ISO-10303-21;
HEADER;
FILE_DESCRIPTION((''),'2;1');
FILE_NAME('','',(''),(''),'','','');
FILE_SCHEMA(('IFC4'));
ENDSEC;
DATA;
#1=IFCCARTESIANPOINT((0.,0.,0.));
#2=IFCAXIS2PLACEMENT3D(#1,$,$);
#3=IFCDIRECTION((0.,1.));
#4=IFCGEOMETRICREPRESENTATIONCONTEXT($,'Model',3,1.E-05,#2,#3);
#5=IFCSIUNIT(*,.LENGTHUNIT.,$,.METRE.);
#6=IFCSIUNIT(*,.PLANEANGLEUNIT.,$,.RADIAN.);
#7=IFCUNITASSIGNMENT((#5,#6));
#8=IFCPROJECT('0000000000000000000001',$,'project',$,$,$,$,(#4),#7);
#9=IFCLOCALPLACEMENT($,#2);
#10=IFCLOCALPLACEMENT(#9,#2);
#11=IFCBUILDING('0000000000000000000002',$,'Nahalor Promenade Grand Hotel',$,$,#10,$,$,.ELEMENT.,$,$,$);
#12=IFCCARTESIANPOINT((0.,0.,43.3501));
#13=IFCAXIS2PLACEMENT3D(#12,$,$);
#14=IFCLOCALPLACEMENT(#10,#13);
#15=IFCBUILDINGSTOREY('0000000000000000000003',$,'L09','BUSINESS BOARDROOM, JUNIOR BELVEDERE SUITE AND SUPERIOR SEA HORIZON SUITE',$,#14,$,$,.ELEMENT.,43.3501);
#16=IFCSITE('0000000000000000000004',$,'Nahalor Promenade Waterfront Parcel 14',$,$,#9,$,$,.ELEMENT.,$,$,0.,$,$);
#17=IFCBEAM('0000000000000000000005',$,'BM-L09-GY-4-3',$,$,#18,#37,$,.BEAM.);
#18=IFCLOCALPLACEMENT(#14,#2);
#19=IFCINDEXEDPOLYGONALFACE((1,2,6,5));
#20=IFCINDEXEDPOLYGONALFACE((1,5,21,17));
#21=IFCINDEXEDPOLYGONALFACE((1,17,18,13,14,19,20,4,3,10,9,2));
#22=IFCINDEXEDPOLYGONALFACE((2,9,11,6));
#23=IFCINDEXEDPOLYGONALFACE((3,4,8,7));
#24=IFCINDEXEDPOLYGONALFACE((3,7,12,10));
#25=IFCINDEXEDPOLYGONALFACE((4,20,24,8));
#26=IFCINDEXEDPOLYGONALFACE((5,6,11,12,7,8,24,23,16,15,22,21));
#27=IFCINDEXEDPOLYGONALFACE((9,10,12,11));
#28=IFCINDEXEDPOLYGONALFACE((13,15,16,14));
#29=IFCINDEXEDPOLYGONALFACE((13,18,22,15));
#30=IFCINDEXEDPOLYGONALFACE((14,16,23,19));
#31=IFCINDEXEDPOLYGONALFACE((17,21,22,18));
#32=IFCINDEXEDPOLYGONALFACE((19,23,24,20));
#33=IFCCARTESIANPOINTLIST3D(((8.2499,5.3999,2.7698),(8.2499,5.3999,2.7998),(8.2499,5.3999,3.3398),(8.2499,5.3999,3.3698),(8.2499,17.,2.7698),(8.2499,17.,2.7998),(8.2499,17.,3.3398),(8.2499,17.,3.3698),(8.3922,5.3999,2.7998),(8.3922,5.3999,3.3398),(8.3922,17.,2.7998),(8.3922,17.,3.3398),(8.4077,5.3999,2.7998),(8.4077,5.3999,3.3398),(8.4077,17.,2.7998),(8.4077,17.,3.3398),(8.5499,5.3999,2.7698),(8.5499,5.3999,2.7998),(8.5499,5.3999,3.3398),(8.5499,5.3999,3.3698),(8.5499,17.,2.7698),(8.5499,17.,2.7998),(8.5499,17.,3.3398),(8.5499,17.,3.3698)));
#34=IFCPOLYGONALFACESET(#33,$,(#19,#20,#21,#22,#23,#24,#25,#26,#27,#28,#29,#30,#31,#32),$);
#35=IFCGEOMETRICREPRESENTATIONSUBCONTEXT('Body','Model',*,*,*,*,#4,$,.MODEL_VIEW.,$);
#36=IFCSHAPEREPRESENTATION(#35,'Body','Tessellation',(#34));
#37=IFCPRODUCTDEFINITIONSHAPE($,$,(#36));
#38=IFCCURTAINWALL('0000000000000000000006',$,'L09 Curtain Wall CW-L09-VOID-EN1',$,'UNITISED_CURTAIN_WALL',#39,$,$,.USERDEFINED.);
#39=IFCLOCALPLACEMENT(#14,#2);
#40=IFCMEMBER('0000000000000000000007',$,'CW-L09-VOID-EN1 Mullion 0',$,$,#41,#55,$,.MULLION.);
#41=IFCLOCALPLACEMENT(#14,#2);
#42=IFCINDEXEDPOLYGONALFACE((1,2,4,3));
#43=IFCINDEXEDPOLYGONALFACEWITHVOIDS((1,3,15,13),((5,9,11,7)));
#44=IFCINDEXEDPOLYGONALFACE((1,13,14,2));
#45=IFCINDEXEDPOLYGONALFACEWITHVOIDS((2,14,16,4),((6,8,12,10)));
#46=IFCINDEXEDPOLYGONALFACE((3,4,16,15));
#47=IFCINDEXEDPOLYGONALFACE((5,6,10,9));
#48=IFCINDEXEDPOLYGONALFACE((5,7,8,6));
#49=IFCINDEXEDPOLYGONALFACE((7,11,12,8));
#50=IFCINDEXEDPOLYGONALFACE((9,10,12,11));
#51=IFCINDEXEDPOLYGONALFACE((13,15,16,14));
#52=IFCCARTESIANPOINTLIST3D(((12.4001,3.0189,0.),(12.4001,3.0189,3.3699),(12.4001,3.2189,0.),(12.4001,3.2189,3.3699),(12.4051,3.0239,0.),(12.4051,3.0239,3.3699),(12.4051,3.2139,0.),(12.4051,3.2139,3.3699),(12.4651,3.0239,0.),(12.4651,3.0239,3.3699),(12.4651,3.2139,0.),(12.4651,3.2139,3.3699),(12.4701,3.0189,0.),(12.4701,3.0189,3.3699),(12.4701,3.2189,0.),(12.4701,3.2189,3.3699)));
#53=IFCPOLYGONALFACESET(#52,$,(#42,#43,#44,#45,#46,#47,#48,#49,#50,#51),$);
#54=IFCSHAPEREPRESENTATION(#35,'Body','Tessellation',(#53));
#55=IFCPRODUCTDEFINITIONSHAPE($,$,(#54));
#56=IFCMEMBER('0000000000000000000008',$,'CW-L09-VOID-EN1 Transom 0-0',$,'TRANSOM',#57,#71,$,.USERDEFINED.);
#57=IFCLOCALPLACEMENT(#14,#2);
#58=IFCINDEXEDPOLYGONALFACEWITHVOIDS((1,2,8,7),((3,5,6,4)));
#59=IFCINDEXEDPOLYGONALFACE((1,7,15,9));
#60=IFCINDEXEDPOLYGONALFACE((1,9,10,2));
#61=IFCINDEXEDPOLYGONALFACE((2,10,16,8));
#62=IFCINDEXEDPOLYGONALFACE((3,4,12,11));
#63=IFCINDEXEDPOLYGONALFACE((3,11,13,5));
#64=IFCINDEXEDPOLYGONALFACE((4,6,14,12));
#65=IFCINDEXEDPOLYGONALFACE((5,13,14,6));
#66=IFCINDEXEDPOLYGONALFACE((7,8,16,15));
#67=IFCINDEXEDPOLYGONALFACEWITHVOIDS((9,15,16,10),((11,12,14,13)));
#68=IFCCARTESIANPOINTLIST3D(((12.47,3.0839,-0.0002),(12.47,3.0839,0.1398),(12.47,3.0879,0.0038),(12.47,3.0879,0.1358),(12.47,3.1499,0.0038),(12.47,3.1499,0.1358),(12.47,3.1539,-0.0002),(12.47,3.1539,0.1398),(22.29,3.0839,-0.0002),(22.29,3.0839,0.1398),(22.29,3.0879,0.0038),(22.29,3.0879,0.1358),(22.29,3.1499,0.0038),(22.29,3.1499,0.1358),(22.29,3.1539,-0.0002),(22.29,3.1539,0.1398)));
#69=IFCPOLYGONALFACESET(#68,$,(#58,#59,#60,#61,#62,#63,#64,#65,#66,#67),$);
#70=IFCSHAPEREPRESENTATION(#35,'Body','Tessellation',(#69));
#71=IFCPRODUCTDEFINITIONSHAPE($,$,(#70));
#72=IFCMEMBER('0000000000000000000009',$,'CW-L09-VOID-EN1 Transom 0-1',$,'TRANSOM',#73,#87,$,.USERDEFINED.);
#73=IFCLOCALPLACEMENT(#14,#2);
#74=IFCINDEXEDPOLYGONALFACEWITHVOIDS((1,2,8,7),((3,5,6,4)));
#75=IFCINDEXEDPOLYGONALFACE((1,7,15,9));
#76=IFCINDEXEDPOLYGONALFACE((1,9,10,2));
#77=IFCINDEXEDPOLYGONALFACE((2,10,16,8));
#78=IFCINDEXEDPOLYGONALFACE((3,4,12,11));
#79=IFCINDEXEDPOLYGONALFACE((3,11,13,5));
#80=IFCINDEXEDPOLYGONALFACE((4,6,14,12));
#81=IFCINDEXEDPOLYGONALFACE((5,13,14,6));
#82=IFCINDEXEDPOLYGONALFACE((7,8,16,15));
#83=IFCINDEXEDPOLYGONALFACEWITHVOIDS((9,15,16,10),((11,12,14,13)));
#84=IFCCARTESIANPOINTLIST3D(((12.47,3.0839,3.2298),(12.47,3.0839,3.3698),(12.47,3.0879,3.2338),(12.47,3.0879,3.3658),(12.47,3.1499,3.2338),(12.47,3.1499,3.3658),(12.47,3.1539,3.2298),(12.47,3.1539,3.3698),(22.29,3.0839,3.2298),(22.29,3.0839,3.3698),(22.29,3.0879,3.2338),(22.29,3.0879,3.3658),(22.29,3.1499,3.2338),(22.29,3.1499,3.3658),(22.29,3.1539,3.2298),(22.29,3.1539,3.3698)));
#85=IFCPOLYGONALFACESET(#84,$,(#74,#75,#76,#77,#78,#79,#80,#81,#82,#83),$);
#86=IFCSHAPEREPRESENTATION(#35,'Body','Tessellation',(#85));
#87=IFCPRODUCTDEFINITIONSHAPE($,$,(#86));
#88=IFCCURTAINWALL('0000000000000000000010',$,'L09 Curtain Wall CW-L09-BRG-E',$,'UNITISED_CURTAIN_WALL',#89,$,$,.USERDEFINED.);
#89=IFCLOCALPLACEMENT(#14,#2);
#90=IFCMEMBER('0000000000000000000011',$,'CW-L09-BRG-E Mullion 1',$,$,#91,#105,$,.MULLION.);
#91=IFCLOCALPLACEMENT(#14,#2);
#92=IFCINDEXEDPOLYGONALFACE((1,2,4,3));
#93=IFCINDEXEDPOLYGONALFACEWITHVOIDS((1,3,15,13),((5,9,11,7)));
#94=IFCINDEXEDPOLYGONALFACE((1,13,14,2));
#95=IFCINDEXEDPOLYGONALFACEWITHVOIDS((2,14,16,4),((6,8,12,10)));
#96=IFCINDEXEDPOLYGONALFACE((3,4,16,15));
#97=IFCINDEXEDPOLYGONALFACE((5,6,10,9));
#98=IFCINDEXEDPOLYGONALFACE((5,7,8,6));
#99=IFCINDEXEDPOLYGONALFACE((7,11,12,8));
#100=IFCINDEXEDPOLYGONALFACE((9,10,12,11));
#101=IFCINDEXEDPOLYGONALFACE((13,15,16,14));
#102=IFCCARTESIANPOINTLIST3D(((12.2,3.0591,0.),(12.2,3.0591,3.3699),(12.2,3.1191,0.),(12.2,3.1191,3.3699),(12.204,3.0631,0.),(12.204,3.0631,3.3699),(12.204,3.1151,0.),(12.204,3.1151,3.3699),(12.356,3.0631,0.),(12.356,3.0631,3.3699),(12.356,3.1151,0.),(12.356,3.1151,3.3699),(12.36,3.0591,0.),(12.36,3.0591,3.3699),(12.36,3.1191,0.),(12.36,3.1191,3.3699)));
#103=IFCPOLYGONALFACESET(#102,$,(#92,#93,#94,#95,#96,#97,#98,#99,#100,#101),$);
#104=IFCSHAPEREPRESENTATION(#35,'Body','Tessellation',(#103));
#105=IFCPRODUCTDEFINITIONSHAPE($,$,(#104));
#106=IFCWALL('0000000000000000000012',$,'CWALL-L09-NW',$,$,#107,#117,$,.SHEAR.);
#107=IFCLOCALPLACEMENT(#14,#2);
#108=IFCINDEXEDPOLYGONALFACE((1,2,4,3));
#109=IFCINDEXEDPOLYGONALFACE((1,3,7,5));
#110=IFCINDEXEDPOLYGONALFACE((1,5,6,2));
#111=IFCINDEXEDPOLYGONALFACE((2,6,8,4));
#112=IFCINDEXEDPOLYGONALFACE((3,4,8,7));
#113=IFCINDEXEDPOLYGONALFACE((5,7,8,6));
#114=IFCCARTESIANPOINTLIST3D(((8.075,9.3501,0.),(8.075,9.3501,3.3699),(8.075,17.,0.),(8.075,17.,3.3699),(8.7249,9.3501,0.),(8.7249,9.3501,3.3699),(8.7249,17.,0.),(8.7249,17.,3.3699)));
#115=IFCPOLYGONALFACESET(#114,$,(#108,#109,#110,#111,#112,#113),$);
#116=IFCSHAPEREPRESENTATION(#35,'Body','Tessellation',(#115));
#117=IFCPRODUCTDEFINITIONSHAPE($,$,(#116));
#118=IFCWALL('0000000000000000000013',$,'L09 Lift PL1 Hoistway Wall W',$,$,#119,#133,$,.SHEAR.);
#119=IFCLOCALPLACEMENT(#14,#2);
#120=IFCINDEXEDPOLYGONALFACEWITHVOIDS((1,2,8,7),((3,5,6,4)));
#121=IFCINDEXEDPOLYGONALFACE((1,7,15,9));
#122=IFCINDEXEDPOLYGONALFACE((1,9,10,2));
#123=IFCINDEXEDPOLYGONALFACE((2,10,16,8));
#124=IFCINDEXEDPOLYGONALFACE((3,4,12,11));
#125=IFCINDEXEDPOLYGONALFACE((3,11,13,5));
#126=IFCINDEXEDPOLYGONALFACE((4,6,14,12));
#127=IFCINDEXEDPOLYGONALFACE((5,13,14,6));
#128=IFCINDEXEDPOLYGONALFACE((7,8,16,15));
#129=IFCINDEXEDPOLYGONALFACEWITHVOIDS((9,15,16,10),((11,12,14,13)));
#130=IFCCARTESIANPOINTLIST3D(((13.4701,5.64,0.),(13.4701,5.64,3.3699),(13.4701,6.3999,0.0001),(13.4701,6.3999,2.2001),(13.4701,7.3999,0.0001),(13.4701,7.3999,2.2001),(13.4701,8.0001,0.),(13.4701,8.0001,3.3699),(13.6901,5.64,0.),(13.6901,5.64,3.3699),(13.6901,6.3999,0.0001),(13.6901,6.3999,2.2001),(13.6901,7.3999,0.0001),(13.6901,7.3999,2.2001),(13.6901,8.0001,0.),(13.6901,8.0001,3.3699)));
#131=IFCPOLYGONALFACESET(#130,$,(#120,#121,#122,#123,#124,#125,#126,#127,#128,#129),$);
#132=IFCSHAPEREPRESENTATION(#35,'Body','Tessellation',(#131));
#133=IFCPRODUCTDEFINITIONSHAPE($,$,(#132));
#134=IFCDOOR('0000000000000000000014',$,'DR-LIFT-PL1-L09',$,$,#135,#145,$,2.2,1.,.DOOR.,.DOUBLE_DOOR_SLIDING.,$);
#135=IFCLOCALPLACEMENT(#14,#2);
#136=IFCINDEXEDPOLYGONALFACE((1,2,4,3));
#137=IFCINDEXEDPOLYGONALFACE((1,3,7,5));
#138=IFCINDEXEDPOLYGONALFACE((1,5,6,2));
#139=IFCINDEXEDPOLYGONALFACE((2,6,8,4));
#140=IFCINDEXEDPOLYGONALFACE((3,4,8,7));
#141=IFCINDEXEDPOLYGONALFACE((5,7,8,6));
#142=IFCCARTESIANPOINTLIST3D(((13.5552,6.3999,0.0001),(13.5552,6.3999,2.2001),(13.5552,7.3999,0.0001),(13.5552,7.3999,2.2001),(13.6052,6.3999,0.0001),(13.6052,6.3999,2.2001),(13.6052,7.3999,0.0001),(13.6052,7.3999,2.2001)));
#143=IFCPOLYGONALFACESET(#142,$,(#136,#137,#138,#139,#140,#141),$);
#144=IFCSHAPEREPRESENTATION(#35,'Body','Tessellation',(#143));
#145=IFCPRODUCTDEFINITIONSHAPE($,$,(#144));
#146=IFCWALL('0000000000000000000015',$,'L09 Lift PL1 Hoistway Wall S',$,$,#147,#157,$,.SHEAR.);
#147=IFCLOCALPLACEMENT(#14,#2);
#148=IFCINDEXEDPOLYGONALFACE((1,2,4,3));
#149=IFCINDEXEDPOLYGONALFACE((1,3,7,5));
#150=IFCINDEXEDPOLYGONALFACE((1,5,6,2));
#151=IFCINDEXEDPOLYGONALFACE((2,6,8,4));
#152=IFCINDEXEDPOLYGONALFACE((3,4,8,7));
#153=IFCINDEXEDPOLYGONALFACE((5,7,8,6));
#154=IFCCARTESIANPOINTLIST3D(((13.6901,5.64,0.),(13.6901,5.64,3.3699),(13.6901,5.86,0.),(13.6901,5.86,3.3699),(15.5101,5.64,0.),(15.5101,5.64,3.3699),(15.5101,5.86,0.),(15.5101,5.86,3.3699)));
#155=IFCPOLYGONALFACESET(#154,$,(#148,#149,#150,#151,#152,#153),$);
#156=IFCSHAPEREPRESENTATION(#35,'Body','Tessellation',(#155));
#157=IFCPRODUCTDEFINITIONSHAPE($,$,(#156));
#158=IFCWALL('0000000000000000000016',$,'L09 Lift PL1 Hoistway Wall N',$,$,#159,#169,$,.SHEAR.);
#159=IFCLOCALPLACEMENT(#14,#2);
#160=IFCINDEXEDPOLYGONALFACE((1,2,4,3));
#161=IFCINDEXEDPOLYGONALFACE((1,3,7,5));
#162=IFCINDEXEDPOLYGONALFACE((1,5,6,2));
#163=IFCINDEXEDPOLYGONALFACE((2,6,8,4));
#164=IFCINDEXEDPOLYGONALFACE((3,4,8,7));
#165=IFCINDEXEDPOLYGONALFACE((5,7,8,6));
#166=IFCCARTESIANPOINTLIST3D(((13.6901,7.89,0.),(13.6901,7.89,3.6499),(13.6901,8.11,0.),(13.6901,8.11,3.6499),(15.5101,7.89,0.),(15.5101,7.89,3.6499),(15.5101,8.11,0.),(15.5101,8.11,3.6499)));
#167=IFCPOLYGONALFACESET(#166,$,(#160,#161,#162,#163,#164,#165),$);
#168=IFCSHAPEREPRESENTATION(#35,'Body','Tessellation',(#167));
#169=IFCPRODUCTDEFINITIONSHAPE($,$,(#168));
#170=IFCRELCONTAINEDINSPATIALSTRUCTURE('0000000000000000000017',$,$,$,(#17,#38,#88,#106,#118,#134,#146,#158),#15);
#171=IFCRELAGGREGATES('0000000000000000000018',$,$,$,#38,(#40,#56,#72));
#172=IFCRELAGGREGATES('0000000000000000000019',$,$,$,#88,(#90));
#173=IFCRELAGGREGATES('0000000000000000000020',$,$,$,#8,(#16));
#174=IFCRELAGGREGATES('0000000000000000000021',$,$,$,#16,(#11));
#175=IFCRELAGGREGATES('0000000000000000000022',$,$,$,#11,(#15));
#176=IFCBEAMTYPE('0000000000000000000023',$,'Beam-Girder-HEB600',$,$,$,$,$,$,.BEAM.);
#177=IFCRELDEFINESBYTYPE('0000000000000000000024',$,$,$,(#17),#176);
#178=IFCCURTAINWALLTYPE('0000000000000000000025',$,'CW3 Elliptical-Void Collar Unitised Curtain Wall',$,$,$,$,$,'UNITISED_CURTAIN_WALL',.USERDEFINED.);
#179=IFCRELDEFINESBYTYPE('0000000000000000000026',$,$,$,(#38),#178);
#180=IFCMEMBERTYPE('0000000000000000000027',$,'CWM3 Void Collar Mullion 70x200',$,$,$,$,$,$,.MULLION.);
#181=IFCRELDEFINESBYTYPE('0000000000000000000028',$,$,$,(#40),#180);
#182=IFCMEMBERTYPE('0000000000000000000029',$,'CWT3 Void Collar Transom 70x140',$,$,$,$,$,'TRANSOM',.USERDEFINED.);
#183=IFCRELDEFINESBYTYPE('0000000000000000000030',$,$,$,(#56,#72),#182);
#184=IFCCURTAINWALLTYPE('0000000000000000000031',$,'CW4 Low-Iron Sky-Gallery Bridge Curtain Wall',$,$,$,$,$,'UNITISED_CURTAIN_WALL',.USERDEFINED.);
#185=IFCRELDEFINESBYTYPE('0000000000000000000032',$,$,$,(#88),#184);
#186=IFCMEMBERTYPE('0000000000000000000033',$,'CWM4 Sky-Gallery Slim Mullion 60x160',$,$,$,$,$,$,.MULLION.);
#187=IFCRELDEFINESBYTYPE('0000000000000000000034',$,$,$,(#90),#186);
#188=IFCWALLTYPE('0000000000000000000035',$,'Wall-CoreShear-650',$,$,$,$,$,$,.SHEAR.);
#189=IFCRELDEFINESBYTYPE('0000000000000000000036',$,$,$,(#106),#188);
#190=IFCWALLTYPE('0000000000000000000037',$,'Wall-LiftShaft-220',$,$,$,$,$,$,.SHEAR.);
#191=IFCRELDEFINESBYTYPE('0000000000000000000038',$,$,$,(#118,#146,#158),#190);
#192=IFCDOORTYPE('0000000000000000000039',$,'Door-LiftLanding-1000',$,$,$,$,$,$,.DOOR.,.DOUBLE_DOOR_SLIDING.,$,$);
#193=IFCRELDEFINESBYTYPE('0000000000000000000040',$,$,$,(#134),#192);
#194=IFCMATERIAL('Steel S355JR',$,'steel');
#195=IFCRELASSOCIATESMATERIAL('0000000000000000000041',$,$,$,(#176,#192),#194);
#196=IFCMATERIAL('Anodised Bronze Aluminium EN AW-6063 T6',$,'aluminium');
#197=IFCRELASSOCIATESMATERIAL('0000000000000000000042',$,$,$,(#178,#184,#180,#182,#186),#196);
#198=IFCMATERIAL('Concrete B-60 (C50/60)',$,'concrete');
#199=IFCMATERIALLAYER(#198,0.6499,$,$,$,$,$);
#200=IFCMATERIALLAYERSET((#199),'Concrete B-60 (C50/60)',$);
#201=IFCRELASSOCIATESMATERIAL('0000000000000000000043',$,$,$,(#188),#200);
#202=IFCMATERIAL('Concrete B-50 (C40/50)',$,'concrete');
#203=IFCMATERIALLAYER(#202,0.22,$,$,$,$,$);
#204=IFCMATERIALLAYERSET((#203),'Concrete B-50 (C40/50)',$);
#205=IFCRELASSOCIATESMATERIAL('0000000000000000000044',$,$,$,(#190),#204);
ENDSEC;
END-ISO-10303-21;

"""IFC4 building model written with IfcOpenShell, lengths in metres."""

from ifc_helpers import new_model, si_unit, direction, frame, frame_2d, origin, origin_2d, place, context, subcontext, project, spatial, rectangle, hollow_rectangle, i_section, extrude, source, transform, mapped, material, layer, layer_set, material_profile, profile_set, type_object, element, fill, aggregate, save


model = new_model("IFC4")

# Units and contexts
model_context = context("Model", 3, precision=1e-05, world=origin(), true_north=direction((0.0, 1.0)))
body_context = subcontext(model_context, "Body", "Model", "MODEL_VIEW")
ifc_project = project(units=[si_unit("LENGTHUNIT", "METRE"), si_unit("PLANEANGLEUNIT", "RADIAN")], contexts=[model_context])

# Site, building, storey
site_placement = place(None, origin())
site = spatial("IfcSite", under=ifc_project, at=site_placement, Name="Nahalor Promenade Waterfront Parcel 14", CompositionType="ELEMENT", RefElevation=0.0)
building_placement = place(site_placement, origin())
building = spatial("IfcBuilding", under=site, at=building_placement, Name="Nahalor Promenade Grand Hotel", CompositionType="ELEMENT")
storey_placement = place(building_placement, frame((0.0, 0.0, 43.3501)))
storey = spatial("IfcBuildingStorey", under=building, at=storey_placement, Name="L09", Description="BUSINESS BOARDROOM, JUNIOR BELVEDERE SUITE AND SUPERIOR SEA HORIZON SUITE", CompositionType="ELEMENT", Elevation=43.3501)

# Beam
ifc_material_1 = material(Name="Steel S355JR", Category="steel")
ifc_material_profile_1 = material_profile(ifc_material_1, i_section(OverallWidth=0.3, OverallDepth=0.6, WebThickness=0.0155, FlangeThickness=0.03, at=origin_2d()), Name="HEB 600")
ifc_profile_set_1 = profile_set([ifc_material_profile_1], Name="Steel S355JR")
beam_type = type_object("IfcBeamType", Name="Beam-Girder-HEB600", PredefinedType="BEAM", material=ifc_profile_set_1)
shared_shape_1 = source(origin(), body_context, "Body", "SweptSolid", [
    extrude(i_section(OverallWidth=0.3, OverallDepth=0.6, WebThickness=0.0155, FlangeThickness=0.03, at=origin_2d()), origin(), (0.0, 0.0, 1.0), 11.6001),
])
beam_placement = place(storey_placement, frame((8.3999, 5.3999, 3.0698), z_axis=(0.0, 1.0, 0.0), x_axis=(-1.0, 0.0, 0.0)))
element("IfcBeam", 1, at=beam_placement, inside=storey, type_object=beam_type, Name="BM-L09-GY-4-3", PredefinedType="BEAM", context=body_context, shape_type="MappedRepresentation", body=[
    mapped(shared_shape_1, transform((0.0, 0.0, 0.0), scale=1.0)),
])

# Curtain wall, members
ifc_material_2 = material(Name="Anodised Bronze Aluminium EN AW-6063 T6", Category="aluminium")
curtain_wall_type_1 = type_object("IfcCurtainWallType", Name="CW3 Elliptical-Void Collar Unitised Curtain Wall", ElementType="UNITISED_CURTAIN_WALL", PredefinedType="USERDEFINED", material=ifc_material_2)
curtain_wall_1_placement = place(storey_placement, origin())
curtain_wall_1 = element("IfcCurtainWall", 2, at=curtain_wall_1_placement, inside=storey, type_object=curtain_wall_type_1, Name="L09 Curtain Wall CW-L09-VOID-EN1", ObjectType="UNITISED_CURTAIN_WALL", PredefinedType="USERDEFINED")
ifc_material_profile_2 = material_profile(ifc_material_2, hollow_rectangle(XDim=0.07, YDim=0.2, WallThickness=0.005, at=origin_2d()), Name="CWM 70x200x5")
ifc_profile_set_2 = profile_set([ifc_material_profile_2], Name="Anodised Bronze Aluminium EN AW-6063 T6")
member_type_1 = type_object("IfcMemberType", Name="CWM3 Void Collar Mullion 70x200", PredefinedType="MULLION", material=ifc_profile_set_2)
shared_shape_2 = source(origin(), body_context, "Body", "SweptSolid", [
    extrude(hollow_rectangle(XDim=0.07, YDim=0.2, WallThickness=0.005, at=origin_2d()), origin(), (0.0, 0.0, 1.0), 3.3699),
])
member_1_placement = place(storey_placement, frame((12.4351, 3.1189, 0.0), z_axis=(0.0, 0.0, 1.0), x_axis=(1.0, 0.0, 0.0)))
member_1 = element("IfcMember", 3, at=member_1_placement, type_object=member_type_1, Name="CW-L09-VOID-EN1 Mullion 0", PredefinedType="MULLION", context=body_context, shape_type="MappedRepresentation", body=[
    mapped(shared_shape_2, transform((0.0, 0.0, 0.0), scale=1.0)),
])
ifc_material_profile_3 = material_profile(ifc_material_2, hollow_rectangle(XDim=0.07, YDim=0.14, WallThickness=0.004, at=origin_2d()), Name="CWT 70x140x4")
ifc_profile_set_3 = profile_set([ifc_material_profile_3], Name="Anodised Bronze Aluminium EN AW-6063 T6")
member_type_2 = type_object("IfcMemberType", Name="CWT3 Void Collar Transom 70x140", ElementType="TRANSOM", PredefinedType="USERDEFINED", material=ifc_profile_set_3)
shared_shape_3 = source(origin(), body_context, "Body", "SweptSolid", [
    extrude(hollow_rectangle(XDim=0.07, YDim=0.14, WallThickness=0.004, at=origin_2d()), origin(), (0.0, 0.0, 1.0), 9.8201),
])
member_2_placement = place(storey_placement, frame((12.47, 3.1189, 0.0698), z_axis=(1.0, 0.0, 0.0), x_axis=(0.0, 1.0, 0.0)))
member_2 = element("IfcMember", 4, at=member_2_placement, type_object=member_type_2, Name="CW-L09-VOID-EN1 Transom 0-0", ObjectType="TRANSOM", PredefinedType="USERDEFINED", context=body_context, shape_type="MappedRepresentation", body=[
    mapped(shared_shape_3, transform((0.0, 0.0, 0.0), scale=1.0)),
])
member_3_placement = place(storey_placement, frame((12.47, 3.1189, 3.2998), z_axis=(1.0, 0.0, 0.0), x_axis=(0.0, 1.0, 0.0)))
member_3 = element("IfcMember", 5, at=member_3_placement, type_object=member_type_2, Name="CW-L09-VOID-EN1 Transom 0-1", ObjectType="TRANSOM", PredefinedType="USERDEFINED", context=body_context, shape_type="MappedRepresentation", body=[
    mapped(shared_shape_3, transform((0.0, 0.0, 0.0), scale=1.0)),
])
aggregate(curtain_wall_1, [member_1, member_2, member_3])

# Curtain wall, member
curtain_wall_type_2 = type_object("IfcCurtainWallType", Name="CW4 Low-Iron Sky-Gallery Bridge Curtain Wall", ElementType="UNITISED_CURTAIN_WALL", PredefinedType="USERDEFINED", material=ifc_material_2)
curtain_wall_2_placement = place(storey_placement, origin())
curtain_wall_2 = element("IfcCurtainWall", 6, at=curtain_wall_2_placement, inside=storey, type_object=curtain_wall_type_2, Name="L09 Curtain Wall CW-L09-BRG-E", ObjectType="UNITISED_CURTAIN_WALL", PredefinedType="USERDEFINED")
ifc_material_profile_4 = material_profile(ifc_material_2, hollow_rectangle(XDim=0.06, YDim=0.16, WallThickness=0.004, at=origin_2d()), Name="CWM 60x160x4")
ifc_profile_set_4 = profile_set([ifc_material_profile_4], Name="Anodised Bronze Aluminium EN AW-6063 T6")
member_type_3 = type_object("IfcMemberType", Name="CWM4 Sky-Gallery Slim Mullion 60x160", PredefinedType="MULLION", material=ifc_profile_set_4)
shared_shape_4 = source(origin(), body_context, "Body", "SweptSolid", [
    extrude(hollow_rectangle(XDim=0.06, YDim=0.16, WallThickness=0.004, at=origin_2d()), origin(), (0.0, 0.0, 1.0), 3.3699),
])
member_4_placement = place(storey_placement, frame((12.28, 3.0891, 0.0), z_axis=(0.0, 0.0, 1.0), x_axis=(0.0, 1.0, 0.0)))
member_4 = element("IfcMember", 7, at=member_4_placement, type_object=member_type_3, Name="CW-L09-BRG-E Mullion 1", PredefinedType="MULLION", context=body_context, shape_type="MappedRepresentation", body=[
    mapped(shared_shape_4, transform((0.0, 0.0, 0.0), scale=1.0)),
])
aggregate(curtain_wall_2, [member_4])

# Wall
ifc_material_3 = material(Name="Concrete B-60 (C50/60)", Category="concrete")
ifc_layer_1 = layer(ifc_material_3, 0.6499)
ifc_layer_set_1 = layer_set([ifc_layer_1], Name="Concrete B-60 (C50/60)")
wall_type_1 = type_object("IfcWallType", Name="Wall-CoreShear-650", PredefinedType="SHEAR", material=ifc_layer_set_1)
shared_shape_5 = source(origin(), body_context, "Body", "SweptSolid", [
    extrude(rectangle(XDim=7.6499, YDim=0.6499, at=frame_2d((3.825, 0.0))), origin(), (0.0, 0.0, 1.0), 3.3699),
])
wall_1_placement = place(storey_placement, frame((8.3999, 9.3501, 0.0), z_axis=(0.0, 0.0, 1.0), x_axis=(0.0, 1.0, 0.0)))
element("IfcWall", 8, at=wall_1_placement, inside=storey, type_object=wall_type_1, Name="CWALL-L09-NW", PredefinedType="SHEAR", context=body_context, shape_type="MappedRepresentation", body=[
    mapped(shared_shape_5, transform((0.0, 0.0, 0.0), scale=1.0)),
])

# Wall, opening, door
ifc_material_4 = material(Name="Concrete B-50 (C40/50)", Category="concrete")
ifc_layer_2 = layer(ifc_material_4, 0.22)
ifc_layer_set_2 = layer_set([ifc_layer_2], Name="Concrete B-50 (C40/50)")
wall_type_2 = type_object("IfcWallType", Name="Wall-LiftShaft-220", PredefinedType="SHEAR", material=ifc_layer_set_2)
shared_shape_6 = source(origin(), body_context, "Body", "SweptSolid", [
    extrude(rectangle(XDim=2.3601, YDim=0.22, at=frame_2d((1.1802, 0.0))), origin(), (0.0, 0.0, 1.0), 3.3699),
])
wall_2_placement = place(storey_placement, frame((13.5801, 5.6399, 0.0), z_axis=(0.0, 0.0, 1.0), x_axis=(0.0, 1.0, 0.0)))
wall_2 = element("IfcWall", 9, at=wall_2_placement, inside=storey, type_object=wall_type_2, Name="L09 Lift PL1 Hoistway Wall W", PredefinedType="SHEAR", context=body_context, shape_type="MappedRepresentation", body=[
    mapped(shared_shape_6, transform((0.0, 0.0, 0.0), scale=1.0)),
])
opening_1_placement = place(wall_2_placement, frame((0.76, 0.0, 0.0)))
opening_1 = element("IfcOpeningElement", 10, at=opening_1_placement, cuts=wall_2, PredefinedType="OPENING", context=body_context, shape_type="SweptSolid", body=[
    extrude(rectangle(XDim=1.0, YDim=2.2, at=frame_2d((0.5, 1.1001))), frame((0.0, 0.1199, 0.0), z_axis=(0.0, -1.0, 0.0), x_axis=(1.0, 0.0, 0.0)), (0.0, 0.0, 1.0), 0.24),
])
door_type_1 = type_object("IfcDoorType", Name="Door-LiftLanding-1000", OperationType="DOUBLE_DOOR_SLIDING", PredefinedType="DOOR", material=ifc_material_1)
shared_shape_7 = source(origin(), body_context, "Body", "SweptSolid", [
    extrude(rectangle(XDim=1.0, YDim=2.2, at=frame_2d((0.5, 1.1001))), frame((0.0, 0.0249, 0.0), z_axis=(0.0, -1.0, 0.0), x_axis=(1.0, 0.0, 0.0)), (0.0, 0.0, 1.0), 0.05),
])
door_1_placement = place(opening_1_placement, origin())
door_1 = element("IfcDoor", 11, at=door_1_placement, inside=storey, type_object=door_type_1, Name="DR-LIFT-PL1-L09", OperationType="DOUBLE_DOOR_SLIDING", OverallHeight=2.2, OverallWidth=1.0, PredefinedType="DOOR", context=body_context, shape_type="MappedRepresentation", body=[
    mapped(shared_shape_7, transform((0.0, 0.0, 0.0), scale=1.0)),
])
fill(opening_1, door_1)

# Walls
shared_shape_8 = source(origin(), body_context, "Body", "SweptSolid", [
    extrude(rectangle(XDim=1.8201, YDim=0.22, at=frame_2d((0.9102, 0.0))), origin(), (0.0, 0.0, 1.0), 3.3699),
])
wall_3_placement = place(storey_placement, frame((13.6899, 5.75, 0.0), z_axis=(0.0, 0.0, 1.0), x_axis=(1.0, 0.0, 0.0)))
element("IfcWall", 12, at=wall_3_placement, inside=storey, type_object=wall_type_2, Name="L09 Lift PL1 Hoistway Wall S", PredefinedType="SHEAR", context=body_context, shape_type="MappedRepresentation", body=[
    mapped(shared_shape_8, transform((0.0, 0.0, 0.0), scale=1.0)),
])
shared_shape_9 = source(origin(), body_context, "Body", "SweptSolid", [
    extrude(rectangle(XDim=1.8201, YDim=0.22, at=frame_2d((0.9102, 0.0))), origin(), (0.0, 0.0, 1.0), 3.6499),
])
wall_4_placement = place(storey_placement, frame((13.6899, 8.0, 0.0), z_axis=(0.0, 0.0, 1.0), x_axis=(1.0, 0.0, 0.0)))
element("IfcWall", 13, at=wall_4_placement, inside=storey, type_object=wall_type_2, Name="L09 Lift PL1 Hoistway Wall N", PredefinedType="SHEAR", context=body_context, shape_type="MappedRepresentation", body=[
    mapped(shared_shape_9, transform((0.0, 0.0, 0.0), scale=1.0)),
])

save(model, "model.ifc")
